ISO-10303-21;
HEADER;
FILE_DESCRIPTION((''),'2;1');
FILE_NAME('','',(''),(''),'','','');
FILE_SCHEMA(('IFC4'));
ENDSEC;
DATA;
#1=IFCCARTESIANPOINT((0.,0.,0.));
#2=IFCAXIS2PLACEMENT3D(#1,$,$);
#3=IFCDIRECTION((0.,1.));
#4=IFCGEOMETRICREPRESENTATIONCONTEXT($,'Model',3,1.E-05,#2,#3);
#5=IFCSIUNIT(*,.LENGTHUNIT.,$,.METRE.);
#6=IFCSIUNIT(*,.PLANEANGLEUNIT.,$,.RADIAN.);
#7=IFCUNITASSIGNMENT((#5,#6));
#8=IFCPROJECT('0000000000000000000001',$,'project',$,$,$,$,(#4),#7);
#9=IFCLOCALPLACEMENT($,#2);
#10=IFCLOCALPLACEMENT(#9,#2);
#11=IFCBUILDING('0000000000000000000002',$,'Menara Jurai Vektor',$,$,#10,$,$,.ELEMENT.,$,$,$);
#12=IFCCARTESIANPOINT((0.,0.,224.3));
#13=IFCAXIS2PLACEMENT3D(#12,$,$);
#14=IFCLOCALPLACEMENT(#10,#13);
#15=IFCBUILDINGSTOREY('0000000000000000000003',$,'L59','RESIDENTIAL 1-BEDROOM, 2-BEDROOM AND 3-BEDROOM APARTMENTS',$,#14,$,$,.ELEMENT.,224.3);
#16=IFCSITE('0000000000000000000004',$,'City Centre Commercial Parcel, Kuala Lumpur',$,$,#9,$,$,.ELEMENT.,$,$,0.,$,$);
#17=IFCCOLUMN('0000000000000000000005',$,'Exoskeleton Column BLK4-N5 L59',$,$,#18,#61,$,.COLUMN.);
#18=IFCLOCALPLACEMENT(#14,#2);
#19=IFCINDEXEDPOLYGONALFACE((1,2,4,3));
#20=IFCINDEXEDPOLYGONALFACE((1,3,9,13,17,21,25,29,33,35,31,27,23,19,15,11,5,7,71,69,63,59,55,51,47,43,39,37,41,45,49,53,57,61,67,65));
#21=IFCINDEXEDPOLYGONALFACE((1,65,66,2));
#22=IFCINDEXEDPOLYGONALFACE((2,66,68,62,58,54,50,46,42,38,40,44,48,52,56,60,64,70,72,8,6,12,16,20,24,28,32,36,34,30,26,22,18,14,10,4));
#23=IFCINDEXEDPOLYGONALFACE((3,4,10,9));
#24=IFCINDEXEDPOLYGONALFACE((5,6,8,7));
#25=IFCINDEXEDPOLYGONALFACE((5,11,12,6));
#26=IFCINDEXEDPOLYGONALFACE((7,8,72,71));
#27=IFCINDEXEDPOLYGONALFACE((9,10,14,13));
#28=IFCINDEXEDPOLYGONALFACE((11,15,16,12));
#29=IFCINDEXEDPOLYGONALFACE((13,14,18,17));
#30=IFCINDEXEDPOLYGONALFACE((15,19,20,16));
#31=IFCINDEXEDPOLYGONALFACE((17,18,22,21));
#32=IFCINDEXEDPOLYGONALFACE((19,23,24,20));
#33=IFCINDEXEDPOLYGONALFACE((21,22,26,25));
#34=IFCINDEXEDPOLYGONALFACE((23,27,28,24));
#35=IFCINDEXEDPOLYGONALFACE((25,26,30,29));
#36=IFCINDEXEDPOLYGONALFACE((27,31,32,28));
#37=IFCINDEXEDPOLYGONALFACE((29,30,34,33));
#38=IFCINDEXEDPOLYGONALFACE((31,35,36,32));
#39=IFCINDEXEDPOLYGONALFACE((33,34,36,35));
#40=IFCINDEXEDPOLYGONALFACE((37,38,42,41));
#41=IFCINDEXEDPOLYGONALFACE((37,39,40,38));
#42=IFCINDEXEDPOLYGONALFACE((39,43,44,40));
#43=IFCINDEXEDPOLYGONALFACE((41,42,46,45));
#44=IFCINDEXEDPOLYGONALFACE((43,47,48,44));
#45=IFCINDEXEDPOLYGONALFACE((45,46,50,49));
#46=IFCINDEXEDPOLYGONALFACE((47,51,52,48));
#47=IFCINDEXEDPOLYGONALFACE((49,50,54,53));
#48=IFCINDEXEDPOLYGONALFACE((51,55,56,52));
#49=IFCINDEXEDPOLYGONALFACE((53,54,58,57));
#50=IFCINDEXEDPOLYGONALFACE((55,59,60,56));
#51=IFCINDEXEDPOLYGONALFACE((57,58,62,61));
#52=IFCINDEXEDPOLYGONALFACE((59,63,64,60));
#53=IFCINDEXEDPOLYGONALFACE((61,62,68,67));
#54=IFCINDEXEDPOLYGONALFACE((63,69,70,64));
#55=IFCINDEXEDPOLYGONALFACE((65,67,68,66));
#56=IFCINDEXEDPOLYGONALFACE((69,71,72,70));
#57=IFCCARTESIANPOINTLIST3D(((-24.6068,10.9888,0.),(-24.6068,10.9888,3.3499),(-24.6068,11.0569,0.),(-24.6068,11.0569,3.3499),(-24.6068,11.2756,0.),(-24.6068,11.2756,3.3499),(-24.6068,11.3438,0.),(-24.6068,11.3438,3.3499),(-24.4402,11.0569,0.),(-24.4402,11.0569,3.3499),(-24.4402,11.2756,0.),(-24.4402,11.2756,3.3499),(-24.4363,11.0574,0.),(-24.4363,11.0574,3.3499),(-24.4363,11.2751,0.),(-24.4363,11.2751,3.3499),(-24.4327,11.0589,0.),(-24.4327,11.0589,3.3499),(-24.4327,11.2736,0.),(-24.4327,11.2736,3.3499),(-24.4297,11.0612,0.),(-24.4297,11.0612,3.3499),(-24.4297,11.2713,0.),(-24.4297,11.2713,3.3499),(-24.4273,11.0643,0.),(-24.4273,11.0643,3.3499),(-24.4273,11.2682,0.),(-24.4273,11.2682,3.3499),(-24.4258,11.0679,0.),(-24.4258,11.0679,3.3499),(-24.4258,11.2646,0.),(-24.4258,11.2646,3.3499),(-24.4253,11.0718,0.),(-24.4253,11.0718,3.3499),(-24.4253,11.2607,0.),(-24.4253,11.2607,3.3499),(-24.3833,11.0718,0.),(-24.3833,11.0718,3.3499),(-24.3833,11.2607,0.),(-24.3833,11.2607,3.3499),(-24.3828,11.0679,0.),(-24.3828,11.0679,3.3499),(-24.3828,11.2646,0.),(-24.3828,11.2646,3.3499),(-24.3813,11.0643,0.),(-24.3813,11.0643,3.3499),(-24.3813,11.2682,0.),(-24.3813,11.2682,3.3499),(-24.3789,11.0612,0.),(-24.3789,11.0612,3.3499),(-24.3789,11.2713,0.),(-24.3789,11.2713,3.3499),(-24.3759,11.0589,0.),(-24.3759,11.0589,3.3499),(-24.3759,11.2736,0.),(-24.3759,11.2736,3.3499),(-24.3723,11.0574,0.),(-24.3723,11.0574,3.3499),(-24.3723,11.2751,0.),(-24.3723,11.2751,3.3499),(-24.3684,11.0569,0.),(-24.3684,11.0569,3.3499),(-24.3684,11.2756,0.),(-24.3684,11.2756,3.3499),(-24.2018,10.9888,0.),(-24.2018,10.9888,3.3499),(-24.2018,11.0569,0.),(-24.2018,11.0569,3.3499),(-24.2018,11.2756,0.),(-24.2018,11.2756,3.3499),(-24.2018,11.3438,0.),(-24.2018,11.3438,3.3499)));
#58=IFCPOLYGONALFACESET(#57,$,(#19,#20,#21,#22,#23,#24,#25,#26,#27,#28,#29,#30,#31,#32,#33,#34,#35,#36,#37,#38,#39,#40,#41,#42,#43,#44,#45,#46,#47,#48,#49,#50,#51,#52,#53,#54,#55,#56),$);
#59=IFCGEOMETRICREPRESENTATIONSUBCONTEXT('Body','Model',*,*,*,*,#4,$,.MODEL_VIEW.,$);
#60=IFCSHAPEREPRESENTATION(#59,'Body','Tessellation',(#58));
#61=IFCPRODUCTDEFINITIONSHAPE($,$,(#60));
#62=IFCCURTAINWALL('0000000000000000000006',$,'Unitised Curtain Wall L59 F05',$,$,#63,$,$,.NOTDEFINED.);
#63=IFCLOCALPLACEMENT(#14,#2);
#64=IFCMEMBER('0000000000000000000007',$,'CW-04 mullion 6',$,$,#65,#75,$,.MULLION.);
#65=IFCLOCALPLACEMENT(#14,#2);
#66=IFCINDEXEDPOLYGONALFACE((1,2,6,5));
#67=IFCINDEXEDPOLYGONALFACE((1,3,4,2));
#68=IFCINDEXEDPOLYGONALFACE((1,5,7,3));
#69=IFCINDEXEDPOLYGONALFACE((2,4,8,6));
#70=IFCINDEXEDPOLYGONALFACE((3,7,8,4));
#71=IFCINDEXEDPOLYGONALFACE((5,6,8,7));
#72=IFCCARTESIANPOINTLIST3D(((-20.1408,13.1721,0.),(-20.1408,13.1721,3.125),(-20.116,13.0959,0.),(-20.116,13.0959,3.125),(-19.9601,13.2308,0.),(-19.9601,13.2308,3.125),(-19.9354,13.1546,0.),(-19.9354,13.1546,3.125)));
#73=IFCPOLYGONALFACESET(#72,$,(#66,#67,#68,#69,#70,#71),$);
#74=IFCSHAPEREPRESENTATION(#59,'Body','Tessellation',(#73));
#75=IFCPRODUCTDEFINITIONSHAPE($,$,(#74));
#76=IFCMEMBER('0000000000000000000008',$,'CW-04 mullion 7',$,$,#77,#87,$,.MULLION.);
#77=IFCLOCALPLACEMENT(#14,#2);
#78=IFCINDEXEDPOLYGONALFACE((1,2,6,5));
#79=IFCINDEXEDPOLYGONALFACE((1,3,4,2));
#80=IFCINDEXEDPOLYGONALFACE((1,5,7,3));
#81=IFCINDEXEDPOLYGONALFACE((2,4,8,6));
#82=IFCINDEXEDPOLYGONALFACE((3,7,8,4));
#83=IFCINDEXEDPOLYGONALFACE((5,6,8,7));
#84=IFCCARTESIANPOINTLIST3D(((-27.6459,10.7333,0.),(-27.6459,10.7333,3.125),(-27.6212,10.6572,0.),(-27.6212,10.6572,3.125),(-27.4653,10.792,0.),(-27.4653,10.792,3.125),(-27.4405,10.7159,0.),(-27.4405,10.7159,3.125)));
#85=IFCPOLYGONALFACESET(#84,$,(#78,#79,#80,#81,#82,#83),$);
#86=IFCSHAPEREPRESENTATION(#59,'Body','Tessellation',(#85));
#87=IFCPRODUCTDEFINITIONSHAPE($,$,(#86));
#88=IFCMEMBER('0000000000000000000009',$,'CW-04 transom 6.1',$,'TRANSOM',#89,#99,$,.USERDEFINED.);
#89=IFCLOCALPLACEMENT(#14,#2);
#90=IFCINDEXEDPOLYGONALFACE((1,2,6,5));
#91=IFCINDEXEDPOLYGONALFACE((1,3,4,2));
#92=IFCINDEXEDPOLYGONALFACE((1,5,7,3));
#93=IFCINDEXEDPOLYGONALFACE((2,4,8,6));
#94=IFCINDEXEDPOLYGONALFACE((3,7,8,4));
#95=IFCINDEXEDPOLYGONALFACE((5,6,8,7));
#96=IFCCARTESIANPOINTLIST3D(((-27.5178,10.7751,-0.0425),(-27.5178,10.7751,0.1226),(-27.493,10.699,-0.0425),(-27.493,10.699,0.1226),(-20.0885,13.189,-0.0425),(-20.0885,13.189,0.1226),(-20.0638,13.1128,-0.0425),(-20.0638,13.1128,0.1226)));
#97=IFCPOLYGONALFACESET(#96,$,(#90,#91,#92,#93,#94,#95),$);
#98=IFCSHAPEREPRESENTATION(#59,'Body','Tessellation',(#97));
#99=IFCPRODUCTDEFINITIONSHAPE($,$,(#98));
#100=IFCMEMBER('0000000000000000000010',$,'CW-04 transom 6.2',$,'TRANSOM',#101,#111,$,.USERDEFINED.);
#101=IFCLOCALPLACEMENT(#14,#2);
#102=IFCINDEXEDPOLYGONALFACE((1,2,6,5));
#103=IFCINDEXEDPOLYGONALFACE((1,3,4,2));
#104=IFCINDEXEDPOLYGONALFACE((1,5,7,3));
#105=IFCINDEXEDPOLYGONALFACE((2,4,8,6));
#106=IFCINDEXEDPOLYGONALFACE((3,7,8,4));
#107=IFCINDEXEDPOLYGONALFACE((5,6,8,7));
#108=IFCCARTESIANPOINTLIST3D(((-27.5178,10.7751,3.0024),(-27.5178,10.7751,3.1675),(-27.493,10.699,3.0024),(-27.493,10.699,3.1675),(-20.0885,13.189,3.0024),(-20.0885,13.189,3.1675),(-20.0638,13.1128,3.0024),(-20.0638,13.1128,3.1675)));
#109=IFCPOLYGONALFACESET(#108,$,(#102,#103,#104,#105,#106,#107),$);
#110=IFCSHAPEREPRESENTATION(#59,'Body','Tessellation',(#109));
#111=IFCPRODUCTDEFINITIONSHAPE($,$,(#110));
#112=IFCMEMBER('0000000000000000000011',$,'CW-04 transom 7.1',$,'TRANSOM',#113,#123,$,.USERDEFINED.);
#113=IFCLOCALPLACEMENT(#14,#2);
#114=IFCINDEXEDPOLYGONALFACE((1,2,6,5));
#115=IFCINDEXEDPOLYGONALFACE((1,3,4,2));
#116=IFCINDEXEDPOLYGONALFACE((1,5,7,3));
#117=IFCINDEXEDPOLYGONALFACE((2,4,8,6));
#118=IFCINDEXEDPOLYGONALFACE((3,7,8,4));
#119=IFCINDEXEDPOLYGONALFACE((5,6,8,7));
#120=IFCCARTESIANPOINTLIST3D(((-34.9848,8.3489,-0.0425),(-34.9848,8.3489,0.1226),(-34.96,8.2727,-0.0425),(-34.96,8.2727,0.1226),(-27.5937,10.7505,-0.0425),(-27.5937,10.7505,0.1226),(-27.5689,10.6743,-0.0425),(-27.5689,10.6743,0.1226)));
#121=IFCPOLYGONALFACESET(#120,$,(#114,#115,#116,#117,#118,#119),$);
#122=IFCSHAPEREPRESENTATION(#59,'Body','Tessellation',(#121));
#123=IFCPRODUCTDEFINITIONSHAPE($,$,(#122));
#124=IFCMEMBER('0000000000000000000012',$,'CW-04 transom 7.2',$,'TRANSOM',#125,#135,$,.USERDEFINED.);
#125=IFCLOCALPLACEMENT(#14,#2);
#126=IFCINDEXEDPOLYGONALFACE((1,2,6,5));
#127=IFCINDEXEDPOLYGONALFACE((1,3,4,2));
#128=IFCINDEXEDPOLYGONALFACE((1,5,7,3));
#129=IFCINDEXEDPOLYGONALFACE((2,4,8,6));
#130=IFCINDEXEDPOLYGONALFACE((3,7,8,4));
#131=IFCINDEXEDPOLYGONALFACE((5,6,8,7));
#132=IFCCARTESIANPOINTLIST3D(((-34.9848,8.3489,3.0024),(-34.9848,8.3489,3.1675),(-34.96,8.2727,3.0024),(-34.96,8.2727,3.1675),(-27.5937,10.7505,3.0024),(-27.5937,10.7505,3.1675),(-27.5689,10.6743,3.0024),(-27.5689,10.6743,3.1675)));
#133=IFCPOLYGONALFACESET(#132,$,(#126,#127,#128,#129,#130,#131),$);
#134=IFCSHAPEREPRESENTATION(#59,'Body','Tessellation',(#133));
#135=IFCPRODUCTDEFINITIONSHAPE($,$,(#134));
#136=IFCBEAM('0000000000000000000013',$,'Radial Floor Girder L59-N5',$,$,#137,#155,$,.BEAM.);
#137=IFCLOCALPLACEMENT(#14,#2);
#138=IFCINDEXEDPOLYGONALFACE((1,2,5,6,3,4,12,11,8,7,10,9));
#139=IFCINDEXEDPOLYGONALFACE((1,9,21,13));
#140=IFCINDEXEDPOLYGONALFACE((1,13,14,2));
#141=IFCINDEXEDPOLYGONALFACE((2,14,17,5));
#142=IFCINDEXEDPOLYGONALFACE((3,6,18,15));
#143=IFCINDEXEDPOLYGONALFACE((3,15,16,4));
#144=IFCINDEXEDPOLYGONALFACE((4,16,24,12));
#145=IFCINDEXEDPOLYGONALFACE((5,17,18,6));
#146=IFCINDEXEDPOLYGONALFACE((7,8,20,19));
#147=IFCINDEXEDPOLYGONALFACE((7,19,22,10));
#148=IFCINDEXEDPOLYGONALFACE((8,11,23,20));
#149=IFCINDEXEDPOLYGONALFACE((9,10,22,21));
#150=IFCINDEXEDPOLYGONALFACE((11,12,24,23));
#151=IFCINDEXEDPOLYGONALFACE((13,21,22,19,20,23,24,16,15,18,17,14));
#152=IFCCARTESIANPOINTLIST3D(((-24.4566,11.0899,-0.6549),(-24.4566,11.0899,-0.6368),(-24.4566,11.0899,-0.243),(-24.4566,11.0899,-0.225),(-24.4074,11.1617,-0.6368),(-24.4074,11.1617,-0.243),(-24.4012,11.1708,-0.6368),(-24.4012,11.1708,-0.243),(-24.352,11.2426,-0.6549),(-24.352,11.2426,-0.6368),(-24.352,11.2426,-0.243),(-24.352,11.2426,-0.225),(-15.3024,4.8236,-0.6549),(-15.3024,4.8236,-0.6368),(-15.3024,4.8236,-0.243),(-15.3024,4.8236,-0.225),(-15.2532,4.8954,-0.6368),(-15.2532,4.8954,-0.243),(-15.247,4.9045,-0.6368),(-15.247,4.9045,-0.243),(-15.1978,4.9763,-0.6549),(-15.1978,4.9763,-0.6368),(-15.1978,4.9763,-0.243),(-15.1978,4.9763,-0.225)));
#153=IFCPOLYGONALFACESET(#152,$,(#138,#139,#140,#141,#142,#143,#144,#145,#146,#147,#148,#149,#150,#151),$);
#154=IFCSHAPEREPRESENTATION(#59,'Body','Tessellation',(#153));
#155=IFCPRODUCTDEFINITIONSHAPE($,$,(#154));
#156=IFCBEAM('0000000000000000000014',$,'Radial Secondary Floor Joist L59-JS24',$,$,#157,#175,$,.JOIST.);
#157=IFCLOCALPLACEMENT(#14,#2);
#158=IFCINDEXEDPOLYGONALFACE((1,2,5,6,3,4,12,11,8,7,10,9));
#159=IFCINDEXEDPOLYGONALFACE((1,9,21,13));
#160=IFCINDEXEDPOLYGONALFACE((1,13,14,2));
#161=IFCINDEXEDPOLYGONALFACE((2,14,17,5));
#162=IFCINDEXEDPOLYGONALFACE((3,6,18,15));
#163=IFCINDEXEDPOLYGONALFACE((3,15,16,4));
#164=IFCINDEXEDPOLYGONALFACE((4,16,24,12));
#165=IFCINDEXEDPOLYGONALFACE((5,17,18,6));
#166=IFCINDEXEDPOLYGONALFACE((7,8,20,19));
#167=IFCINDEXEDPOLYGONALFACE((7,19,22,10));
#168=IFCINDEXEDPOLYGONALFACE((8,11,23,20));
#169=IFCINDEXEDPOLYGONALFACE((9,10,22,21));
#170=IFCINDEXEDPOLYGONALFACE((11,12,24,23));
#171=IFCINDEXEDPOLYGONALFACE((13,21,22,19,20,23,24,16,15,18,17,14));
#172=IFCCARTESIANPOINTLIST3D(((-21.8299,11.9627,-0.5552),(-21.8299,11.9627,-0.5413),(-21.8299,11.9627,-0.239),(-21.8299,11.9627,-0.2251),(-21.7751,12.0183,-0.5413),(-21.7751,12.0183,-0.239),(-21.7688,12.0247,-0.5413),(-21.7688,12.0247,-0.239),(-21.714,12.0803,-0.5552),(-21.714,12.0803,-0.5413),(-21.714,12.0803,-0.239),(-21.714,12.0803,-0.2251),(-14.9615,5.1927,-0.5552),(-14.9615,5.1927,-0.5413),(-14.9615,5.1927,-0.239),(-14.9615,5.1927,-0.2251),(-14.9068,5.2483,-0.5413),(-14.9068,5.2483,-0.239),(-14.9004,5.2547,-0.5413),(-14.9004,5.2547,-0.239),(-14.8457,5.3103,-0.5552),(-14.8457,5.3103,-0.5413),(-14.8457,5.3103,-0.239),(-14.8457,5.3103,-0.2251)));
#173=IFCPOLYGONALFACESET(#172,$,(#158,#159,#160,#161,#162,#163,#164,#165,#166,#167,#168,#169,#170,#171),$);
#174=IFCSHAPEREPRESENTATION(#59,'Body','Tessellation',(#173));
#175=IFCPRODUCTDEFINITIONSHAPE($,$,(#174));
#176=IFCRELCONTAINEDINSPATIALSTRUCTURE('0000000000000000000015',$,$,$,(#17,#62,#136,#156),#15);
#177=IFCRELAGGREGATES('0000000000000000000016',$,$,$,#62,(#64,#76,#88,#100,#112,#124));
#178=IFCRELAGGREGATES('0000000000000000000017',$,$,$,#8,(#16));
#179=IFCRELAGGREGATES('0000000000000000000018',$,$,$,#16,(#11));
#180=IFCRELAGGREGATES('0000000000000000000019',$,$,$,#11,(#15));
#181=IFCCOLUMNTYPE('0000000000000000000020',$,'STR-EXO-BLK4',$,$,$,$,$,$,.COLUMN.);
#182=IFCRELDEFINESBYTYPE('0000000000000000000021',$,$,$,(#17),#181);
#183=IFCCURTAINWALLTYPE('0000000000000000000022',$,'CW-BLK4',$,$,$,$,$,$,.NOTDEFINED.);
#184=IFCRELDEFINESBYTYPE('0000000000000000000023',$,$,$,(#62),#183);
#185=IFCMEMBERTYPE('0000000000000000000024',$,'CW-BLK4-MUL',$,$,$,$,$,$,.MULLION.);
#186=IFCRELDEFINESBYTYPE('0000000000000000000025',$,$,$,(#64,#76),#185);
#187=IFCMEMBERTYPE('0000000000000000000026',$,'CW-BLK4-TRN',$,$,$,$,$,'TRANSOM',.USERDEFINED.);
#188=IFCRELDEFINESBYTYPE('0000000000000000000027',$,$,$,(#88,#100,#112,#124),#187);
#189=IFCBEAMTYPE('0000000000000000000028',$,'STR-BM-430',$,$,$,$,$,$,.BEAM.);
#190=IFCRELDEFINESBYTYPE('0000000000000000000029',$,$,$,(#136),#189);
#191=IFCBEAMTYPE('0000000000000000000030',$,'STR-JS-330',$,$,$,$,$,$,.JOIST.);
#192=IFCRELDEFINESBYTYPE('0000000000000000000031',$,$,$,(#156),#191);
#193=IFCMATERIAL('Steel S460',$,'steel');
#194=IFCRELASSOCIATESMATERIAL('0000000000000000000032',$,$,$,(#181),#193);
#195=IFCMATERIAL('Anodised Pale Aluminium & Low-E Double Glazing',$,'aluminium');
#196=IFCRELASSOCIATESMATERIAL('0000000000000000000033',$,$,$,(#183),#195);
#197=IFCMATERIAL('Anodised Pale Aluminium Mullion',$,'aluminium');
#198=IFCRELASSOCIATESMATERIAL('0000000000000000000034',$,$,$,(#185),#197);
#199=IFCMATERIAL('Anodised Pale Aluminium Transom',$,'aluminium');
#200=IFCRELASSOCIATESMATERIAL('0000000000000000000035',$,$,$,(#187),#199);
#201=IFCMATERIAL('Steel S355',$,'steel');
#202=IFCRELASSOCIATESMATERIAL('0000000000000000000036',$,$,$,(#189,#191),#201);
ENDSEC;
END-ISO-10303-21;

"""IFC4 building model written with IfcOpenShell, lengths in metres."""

from ifc_helpers import new_model, si_unit, direction, frame, origin, origin_2d, place, context, subcontext, project, spatial, rectangle, i_section, extrude, material, material_profile, profile_set, type_object, element, aggregate, save


model = new_model("IFC4")

# Units and contexts
model_context = context("Model", 3, precision=1e-05, world=origin(), true_north=direction((0.0, 1.0)))
body_context = subcontext(model_context, "Body", "Model", "MODEL_VIEW")
ifc_project = project(units=[si_unit("LENGTHUNIT", "METRE"), si_unit("PLANEANGLEUNIT", "RADIAN")], contexts=[model_context])

# Site, building, storey
site_placement = place(None, origin())
site = spatial("IfcSite", under=ifc_project, at=site_placement, Name="City Centre Commercial Parcel, Kuala Lumpur", CompositionType="ELEMENT", RefElevation=0.0)
building_placement = place(site_placement, origin())
building = spatial("IfcBuilding", under=site, at=building_placement, Name="Menara Jurai Vektor", CompositionType="ELEMENT")
storey_placement = place(building_placement, frame((0.0, 0.0, 224.3)))
storey = spatial("IfcBuildingStorey", under=building, at=storey_placement, Name="L59", Description="RESIDENTIAL 1-BEDROOM, 2-BEDROOM AND 3-BEDROOM APARTMENTS", CompositionType="ELEMENT", Elevation=224.3)

# Column
ifc_material_1 = material(Name="Steel S460", Category="steel")
ifc_material_profile_1 = material_profile(ifc_material_1, i_section(OverallWidth=0.405, OverallDepth=0.355, WebThickness=0.042, FlangeThickness=0.0681, FilletRadius=0.0149, at=origin_2d()), Name="HD 400x551")
ifc_profile_set_1 = profile_set([ifc_material_profile_1], Name="Steel S460")
column_type = type_object("IfcColumnType", Name="STR-EXO-BLK4", PredefinedType="COLUMN", material=ifc_profile_set_1)
column_placement = place(storey_placement, frame((-24.4043, 11.1663, 0.0), z_axis=(0.0, 0.0, 1.0), x_axis=(1.0, 0.0, 0.0)))
element("IfcColumn", 1, at=column_placement, inside=storey, type_object=column_type, Name="Exoskeleton Column BLK4-N5 L59", PredefinedType="COLUMN", context=body_context, shape_type="SweptSolid", body=[
    extrude(i_section(OverallWidth=0.405, OverallDepth=0.355, WebThickness=0.042, FlangeThickness=0.0681, FilletRadius=0.0149, at=origin_2d()), origin(), (0.0, 0.0, 1.0), 3.3499),
])

# Curtain wall, members
ifc_material_2 = material(Name="Anodised Pale Aluminium & Low-E Double Glazing", Category="aluminium")
curtain_wall_type = type_object("IfcCurtainWallType", Name="CW-BLK4", PredefinedType="NOTDEFINED", material=ifc_material_2)
curtain_wall_placement = place(storey_placement, origin())
curtain_wall = element("IfcCurtainWall", 2, at=curtain_wall_placement, inside=storey, type_object=curtain_wall_type, Name="Unitised Curtain Wall L59 F05", PredefinedType="NOTDEFINED")
ifc_material_3 = material(Name="Anodised Pale Aluminium Mullion", Category="aluminium")
ifc_material_profile_2 = material_profile(ifc_material_3, rectangle(XDim=0.0801, YDim=0.1899, at=origin_2d()), Name="ALU MUL 80x190")
ifc_profile_set_2 = profile_set([ifc_material_profile_2], Name="Anodised Pale Aluminium Mullion")
member_type_1 = type_object("IfcMemberType", Name="CW-BLK4-MUL", PredefinedType="MULLION", material=ifc_profile_set_2)
member_1_placement = place(storey_placement, frame((-20.0381, 13.1633, 0.0), z_axis=(0.0, 0.0, 1.0), x_axis=(0.309017, -0.951056, 0.0)))
member_1 = element("IfcMember", 3, at=member_1_placement, type_object=member_type_1, Name="CW-04 mullion 6", PredefinedType="MULLION", context=body_context, shape_type="SweptSolid", body=[
    extrude(rectangle(XDim=0.0801, YDim=0.1899, at=origin_2d()), origin(), (0.0, 0.0, 1.0), 3.125),
])
member_2_placement = place(storey_placement, frame((-27.5432, 10.7246, 0.0), z_axis=(0.0, 0.0, 1.0), x_axis=(0.309017, -0.951056, 0.0)))
member_2 = element("IfcMember", 4, at=member_2_placement, type_object=member_type_1, Name="CW-04 mullion 7", PredefinedType="MULLION", context=body_context, shape_type="SweptSolid", body=[
    extrude(rectangle(XDim=0.0801, YDim=0.1899, at=origin_2d()), origin(), (0.0, 0.0, 1.0), 3.125),
])
ifc_material_4 = material(Name="Anodised Pale Aluminium Transom", Category="aluminium")
ifc_material_profile_3 = material_profile(ifc_material_4, rectangle(XDim=0.0801, YDim=0.165, at=origin_2d()), Name="ALU TRN 80x165")
ifc_profile_set_3 = profile_set([ifc_material_profile_3], Name="Anodised Pale Aluminium Transom")
member_type_2 = type_object("IfcMemberType", Name="CW-BLK4-TRN", ElementType="TRANSOM", PredefinedType="USERDEFINED", material=ifc_profile_set_3)
member_3_placement = place(storey_placement, frame((-20.0762, 13.1509, 0.04), z_axis=(-0.951059, -0.309008, 0.0), x_axis=(0.309008, -0.951059, 0.0)))
member_3 = element("IfcMember", 5, at=member_3_placement, type_object=member_type_2, Name="CW-04 transom 6.1", ObjectType="TRANSOM", PredefinedType="USERDEFINED", context=body_context, shape_type="SweptSolid", body=[
    extrude(rectangle(XDim=0.0801, YDim=0.165, at=origin_2d()), origin(), (0.0, 0.0, 1.0), 7.8115),
])
member_4_placement = place(storey_placement, frame((-20.0762, 13.1509, 3.085), z_axis=(-0.951059, -0.309008, 0.0), x_axis=(0.309008, -0.951059, 0.0)))
member_4 = element("IfcMember", 6, at=member_4_placement, type_object=member_type_2, Name="CW-04 transom 6.2", ObjectType="TRANSOM", PredefinedType="USERDEFINED", context=body_context, shape_type="SweptSolid", body=[
    extrude(rectangle(XDim=0.0801, YDim=0.165, at=origin_2d()), origin(), (0.0, 0.0, 1.0), 7.8115),
])
member_5_placement = place(storey_placement, frame((-27.5813, 10.7124, 0.04), z_axis=(-0.951053, -0.309028, 0.0), x_axis=(0.309028, -0.951053, 0.0)))
member_5 = element("IfcMember", 7, at=member_5_placement, type_object=member_type_2, Name="CW-04 transom 7.1", ObjectType="TRANSOM", PredefinedType="USERDEFINED", context=body_context, shape_type="SweptSolid", body=[
    extrude(rectangle(XDim=0.0801, YDim=0.165, at=origin_2d()), origin(), (0.0, 0.0, 1.0), 7.7715),
])
member_6_placement = place(storey_placement, frame((-27.5813, 10.7124, 3.085), z_axis=(-0.951053, -0.309028, 0.0), x_axis=(0.309028, -0.951053, 0.0)))
member_6 = element("IfcMember", 8, at=member_6_placement, type_object=member_type_2, Name="CW-04 transom 7.2", ObjectType="TRANSOM", PredefinedType="USERDEFINED", context=body_context, shape_type="SweptSolid", body=[
    extrude(rectangle(XDim=0.0801, YDim=0.165, at=origin_2d()), origin(), (0.0, 0.0, 1.0), 7.7715),
])

# Beams
ifc_material_5 = material(Name="Steel S355", Category="steel")
ifc_material_profile_4 = material_profile(ifc_material_5, i_section(OverallWidth=0.1851, OverallDepth=0.4299, WebThickness=0.011, FlangeThickness=0.0181, at=origin_2d()), Name="PG 430x185x76")
ifc_profile_set_4 = profile_set([ifc_material_profile_4], Name="Steel S355")
beam_type_1 = type_object("IfcBeamType", Name="STR-BM-430", PredefinedType="BEAM", material=ifc_profile_set_4)
beam_1_placement = place(storey_placement, frame((-24.4043, 11.1663, -0.4399), z_axis=(0.825186, -0.564861, 0.0), x_axis=(0.564861, 0.825186, 0.0)))
element("IfcBeam", 9, at=beam_1_placement, inside=storey, type_object=beam_type_1, Name="Radial Floor Girder L59-N5", PredefinedType="BEAM", context=body_context, shape_type="SweptSolid", body=[
    extrude(i_section(OverallWidth=0.1851, OverallDepth=0.4299, WebThickness=0.011, FlangeThickness=0.0181, at=origin_2d()), origin(), (0.0, 0.0, 1.0), 11.0935),
])
ifc_material_profile_5 = material_profile(ifc_material_5, i_section(OverallWidth=0.165, OverallDepth=0.3301, WebThickness=0.009, FlangeThickness=0.0139, at=origin_2d()), Name="PG 330x165x46")
ifc_profile_set_5 = profile_set([ifc_material_profile_5], Name="Steel S355")
beam_type_2 = type_object("IfcBeamType", Name="STR-JS-330", PredefinedType="JOIST", material=ifc_profile_set_5)
beam_2_placement = place(storey_placement, frame((-21.772, 12.0215, -0.3901), z_axis=(0.712189, -0.701987, 0.0), x_axis=(0.701987, 0.712189, 0.0)))
element("IfcBeam", 10, at=beam_2_placement, inside=storey, type_object=beam_type_2, Name="Radial Secondary Floor Joist L59-JS24", PredefinedType="JOIST", context=body_context, shape_type="SweptSolid", body=[
    extrude(i_section(OverallWidth=0.165, OverallDepth=0.3301, WebThickness=0.009, FlangeThickness=0.0139, at=origin_2d()), origin(), (0.0, 0.0, 1.0), 9.644),
])

aggregate(curtain_wall, [member_1, member_2, member_3, member_4, member_5, member_6])

save(model, "model.ifc")
